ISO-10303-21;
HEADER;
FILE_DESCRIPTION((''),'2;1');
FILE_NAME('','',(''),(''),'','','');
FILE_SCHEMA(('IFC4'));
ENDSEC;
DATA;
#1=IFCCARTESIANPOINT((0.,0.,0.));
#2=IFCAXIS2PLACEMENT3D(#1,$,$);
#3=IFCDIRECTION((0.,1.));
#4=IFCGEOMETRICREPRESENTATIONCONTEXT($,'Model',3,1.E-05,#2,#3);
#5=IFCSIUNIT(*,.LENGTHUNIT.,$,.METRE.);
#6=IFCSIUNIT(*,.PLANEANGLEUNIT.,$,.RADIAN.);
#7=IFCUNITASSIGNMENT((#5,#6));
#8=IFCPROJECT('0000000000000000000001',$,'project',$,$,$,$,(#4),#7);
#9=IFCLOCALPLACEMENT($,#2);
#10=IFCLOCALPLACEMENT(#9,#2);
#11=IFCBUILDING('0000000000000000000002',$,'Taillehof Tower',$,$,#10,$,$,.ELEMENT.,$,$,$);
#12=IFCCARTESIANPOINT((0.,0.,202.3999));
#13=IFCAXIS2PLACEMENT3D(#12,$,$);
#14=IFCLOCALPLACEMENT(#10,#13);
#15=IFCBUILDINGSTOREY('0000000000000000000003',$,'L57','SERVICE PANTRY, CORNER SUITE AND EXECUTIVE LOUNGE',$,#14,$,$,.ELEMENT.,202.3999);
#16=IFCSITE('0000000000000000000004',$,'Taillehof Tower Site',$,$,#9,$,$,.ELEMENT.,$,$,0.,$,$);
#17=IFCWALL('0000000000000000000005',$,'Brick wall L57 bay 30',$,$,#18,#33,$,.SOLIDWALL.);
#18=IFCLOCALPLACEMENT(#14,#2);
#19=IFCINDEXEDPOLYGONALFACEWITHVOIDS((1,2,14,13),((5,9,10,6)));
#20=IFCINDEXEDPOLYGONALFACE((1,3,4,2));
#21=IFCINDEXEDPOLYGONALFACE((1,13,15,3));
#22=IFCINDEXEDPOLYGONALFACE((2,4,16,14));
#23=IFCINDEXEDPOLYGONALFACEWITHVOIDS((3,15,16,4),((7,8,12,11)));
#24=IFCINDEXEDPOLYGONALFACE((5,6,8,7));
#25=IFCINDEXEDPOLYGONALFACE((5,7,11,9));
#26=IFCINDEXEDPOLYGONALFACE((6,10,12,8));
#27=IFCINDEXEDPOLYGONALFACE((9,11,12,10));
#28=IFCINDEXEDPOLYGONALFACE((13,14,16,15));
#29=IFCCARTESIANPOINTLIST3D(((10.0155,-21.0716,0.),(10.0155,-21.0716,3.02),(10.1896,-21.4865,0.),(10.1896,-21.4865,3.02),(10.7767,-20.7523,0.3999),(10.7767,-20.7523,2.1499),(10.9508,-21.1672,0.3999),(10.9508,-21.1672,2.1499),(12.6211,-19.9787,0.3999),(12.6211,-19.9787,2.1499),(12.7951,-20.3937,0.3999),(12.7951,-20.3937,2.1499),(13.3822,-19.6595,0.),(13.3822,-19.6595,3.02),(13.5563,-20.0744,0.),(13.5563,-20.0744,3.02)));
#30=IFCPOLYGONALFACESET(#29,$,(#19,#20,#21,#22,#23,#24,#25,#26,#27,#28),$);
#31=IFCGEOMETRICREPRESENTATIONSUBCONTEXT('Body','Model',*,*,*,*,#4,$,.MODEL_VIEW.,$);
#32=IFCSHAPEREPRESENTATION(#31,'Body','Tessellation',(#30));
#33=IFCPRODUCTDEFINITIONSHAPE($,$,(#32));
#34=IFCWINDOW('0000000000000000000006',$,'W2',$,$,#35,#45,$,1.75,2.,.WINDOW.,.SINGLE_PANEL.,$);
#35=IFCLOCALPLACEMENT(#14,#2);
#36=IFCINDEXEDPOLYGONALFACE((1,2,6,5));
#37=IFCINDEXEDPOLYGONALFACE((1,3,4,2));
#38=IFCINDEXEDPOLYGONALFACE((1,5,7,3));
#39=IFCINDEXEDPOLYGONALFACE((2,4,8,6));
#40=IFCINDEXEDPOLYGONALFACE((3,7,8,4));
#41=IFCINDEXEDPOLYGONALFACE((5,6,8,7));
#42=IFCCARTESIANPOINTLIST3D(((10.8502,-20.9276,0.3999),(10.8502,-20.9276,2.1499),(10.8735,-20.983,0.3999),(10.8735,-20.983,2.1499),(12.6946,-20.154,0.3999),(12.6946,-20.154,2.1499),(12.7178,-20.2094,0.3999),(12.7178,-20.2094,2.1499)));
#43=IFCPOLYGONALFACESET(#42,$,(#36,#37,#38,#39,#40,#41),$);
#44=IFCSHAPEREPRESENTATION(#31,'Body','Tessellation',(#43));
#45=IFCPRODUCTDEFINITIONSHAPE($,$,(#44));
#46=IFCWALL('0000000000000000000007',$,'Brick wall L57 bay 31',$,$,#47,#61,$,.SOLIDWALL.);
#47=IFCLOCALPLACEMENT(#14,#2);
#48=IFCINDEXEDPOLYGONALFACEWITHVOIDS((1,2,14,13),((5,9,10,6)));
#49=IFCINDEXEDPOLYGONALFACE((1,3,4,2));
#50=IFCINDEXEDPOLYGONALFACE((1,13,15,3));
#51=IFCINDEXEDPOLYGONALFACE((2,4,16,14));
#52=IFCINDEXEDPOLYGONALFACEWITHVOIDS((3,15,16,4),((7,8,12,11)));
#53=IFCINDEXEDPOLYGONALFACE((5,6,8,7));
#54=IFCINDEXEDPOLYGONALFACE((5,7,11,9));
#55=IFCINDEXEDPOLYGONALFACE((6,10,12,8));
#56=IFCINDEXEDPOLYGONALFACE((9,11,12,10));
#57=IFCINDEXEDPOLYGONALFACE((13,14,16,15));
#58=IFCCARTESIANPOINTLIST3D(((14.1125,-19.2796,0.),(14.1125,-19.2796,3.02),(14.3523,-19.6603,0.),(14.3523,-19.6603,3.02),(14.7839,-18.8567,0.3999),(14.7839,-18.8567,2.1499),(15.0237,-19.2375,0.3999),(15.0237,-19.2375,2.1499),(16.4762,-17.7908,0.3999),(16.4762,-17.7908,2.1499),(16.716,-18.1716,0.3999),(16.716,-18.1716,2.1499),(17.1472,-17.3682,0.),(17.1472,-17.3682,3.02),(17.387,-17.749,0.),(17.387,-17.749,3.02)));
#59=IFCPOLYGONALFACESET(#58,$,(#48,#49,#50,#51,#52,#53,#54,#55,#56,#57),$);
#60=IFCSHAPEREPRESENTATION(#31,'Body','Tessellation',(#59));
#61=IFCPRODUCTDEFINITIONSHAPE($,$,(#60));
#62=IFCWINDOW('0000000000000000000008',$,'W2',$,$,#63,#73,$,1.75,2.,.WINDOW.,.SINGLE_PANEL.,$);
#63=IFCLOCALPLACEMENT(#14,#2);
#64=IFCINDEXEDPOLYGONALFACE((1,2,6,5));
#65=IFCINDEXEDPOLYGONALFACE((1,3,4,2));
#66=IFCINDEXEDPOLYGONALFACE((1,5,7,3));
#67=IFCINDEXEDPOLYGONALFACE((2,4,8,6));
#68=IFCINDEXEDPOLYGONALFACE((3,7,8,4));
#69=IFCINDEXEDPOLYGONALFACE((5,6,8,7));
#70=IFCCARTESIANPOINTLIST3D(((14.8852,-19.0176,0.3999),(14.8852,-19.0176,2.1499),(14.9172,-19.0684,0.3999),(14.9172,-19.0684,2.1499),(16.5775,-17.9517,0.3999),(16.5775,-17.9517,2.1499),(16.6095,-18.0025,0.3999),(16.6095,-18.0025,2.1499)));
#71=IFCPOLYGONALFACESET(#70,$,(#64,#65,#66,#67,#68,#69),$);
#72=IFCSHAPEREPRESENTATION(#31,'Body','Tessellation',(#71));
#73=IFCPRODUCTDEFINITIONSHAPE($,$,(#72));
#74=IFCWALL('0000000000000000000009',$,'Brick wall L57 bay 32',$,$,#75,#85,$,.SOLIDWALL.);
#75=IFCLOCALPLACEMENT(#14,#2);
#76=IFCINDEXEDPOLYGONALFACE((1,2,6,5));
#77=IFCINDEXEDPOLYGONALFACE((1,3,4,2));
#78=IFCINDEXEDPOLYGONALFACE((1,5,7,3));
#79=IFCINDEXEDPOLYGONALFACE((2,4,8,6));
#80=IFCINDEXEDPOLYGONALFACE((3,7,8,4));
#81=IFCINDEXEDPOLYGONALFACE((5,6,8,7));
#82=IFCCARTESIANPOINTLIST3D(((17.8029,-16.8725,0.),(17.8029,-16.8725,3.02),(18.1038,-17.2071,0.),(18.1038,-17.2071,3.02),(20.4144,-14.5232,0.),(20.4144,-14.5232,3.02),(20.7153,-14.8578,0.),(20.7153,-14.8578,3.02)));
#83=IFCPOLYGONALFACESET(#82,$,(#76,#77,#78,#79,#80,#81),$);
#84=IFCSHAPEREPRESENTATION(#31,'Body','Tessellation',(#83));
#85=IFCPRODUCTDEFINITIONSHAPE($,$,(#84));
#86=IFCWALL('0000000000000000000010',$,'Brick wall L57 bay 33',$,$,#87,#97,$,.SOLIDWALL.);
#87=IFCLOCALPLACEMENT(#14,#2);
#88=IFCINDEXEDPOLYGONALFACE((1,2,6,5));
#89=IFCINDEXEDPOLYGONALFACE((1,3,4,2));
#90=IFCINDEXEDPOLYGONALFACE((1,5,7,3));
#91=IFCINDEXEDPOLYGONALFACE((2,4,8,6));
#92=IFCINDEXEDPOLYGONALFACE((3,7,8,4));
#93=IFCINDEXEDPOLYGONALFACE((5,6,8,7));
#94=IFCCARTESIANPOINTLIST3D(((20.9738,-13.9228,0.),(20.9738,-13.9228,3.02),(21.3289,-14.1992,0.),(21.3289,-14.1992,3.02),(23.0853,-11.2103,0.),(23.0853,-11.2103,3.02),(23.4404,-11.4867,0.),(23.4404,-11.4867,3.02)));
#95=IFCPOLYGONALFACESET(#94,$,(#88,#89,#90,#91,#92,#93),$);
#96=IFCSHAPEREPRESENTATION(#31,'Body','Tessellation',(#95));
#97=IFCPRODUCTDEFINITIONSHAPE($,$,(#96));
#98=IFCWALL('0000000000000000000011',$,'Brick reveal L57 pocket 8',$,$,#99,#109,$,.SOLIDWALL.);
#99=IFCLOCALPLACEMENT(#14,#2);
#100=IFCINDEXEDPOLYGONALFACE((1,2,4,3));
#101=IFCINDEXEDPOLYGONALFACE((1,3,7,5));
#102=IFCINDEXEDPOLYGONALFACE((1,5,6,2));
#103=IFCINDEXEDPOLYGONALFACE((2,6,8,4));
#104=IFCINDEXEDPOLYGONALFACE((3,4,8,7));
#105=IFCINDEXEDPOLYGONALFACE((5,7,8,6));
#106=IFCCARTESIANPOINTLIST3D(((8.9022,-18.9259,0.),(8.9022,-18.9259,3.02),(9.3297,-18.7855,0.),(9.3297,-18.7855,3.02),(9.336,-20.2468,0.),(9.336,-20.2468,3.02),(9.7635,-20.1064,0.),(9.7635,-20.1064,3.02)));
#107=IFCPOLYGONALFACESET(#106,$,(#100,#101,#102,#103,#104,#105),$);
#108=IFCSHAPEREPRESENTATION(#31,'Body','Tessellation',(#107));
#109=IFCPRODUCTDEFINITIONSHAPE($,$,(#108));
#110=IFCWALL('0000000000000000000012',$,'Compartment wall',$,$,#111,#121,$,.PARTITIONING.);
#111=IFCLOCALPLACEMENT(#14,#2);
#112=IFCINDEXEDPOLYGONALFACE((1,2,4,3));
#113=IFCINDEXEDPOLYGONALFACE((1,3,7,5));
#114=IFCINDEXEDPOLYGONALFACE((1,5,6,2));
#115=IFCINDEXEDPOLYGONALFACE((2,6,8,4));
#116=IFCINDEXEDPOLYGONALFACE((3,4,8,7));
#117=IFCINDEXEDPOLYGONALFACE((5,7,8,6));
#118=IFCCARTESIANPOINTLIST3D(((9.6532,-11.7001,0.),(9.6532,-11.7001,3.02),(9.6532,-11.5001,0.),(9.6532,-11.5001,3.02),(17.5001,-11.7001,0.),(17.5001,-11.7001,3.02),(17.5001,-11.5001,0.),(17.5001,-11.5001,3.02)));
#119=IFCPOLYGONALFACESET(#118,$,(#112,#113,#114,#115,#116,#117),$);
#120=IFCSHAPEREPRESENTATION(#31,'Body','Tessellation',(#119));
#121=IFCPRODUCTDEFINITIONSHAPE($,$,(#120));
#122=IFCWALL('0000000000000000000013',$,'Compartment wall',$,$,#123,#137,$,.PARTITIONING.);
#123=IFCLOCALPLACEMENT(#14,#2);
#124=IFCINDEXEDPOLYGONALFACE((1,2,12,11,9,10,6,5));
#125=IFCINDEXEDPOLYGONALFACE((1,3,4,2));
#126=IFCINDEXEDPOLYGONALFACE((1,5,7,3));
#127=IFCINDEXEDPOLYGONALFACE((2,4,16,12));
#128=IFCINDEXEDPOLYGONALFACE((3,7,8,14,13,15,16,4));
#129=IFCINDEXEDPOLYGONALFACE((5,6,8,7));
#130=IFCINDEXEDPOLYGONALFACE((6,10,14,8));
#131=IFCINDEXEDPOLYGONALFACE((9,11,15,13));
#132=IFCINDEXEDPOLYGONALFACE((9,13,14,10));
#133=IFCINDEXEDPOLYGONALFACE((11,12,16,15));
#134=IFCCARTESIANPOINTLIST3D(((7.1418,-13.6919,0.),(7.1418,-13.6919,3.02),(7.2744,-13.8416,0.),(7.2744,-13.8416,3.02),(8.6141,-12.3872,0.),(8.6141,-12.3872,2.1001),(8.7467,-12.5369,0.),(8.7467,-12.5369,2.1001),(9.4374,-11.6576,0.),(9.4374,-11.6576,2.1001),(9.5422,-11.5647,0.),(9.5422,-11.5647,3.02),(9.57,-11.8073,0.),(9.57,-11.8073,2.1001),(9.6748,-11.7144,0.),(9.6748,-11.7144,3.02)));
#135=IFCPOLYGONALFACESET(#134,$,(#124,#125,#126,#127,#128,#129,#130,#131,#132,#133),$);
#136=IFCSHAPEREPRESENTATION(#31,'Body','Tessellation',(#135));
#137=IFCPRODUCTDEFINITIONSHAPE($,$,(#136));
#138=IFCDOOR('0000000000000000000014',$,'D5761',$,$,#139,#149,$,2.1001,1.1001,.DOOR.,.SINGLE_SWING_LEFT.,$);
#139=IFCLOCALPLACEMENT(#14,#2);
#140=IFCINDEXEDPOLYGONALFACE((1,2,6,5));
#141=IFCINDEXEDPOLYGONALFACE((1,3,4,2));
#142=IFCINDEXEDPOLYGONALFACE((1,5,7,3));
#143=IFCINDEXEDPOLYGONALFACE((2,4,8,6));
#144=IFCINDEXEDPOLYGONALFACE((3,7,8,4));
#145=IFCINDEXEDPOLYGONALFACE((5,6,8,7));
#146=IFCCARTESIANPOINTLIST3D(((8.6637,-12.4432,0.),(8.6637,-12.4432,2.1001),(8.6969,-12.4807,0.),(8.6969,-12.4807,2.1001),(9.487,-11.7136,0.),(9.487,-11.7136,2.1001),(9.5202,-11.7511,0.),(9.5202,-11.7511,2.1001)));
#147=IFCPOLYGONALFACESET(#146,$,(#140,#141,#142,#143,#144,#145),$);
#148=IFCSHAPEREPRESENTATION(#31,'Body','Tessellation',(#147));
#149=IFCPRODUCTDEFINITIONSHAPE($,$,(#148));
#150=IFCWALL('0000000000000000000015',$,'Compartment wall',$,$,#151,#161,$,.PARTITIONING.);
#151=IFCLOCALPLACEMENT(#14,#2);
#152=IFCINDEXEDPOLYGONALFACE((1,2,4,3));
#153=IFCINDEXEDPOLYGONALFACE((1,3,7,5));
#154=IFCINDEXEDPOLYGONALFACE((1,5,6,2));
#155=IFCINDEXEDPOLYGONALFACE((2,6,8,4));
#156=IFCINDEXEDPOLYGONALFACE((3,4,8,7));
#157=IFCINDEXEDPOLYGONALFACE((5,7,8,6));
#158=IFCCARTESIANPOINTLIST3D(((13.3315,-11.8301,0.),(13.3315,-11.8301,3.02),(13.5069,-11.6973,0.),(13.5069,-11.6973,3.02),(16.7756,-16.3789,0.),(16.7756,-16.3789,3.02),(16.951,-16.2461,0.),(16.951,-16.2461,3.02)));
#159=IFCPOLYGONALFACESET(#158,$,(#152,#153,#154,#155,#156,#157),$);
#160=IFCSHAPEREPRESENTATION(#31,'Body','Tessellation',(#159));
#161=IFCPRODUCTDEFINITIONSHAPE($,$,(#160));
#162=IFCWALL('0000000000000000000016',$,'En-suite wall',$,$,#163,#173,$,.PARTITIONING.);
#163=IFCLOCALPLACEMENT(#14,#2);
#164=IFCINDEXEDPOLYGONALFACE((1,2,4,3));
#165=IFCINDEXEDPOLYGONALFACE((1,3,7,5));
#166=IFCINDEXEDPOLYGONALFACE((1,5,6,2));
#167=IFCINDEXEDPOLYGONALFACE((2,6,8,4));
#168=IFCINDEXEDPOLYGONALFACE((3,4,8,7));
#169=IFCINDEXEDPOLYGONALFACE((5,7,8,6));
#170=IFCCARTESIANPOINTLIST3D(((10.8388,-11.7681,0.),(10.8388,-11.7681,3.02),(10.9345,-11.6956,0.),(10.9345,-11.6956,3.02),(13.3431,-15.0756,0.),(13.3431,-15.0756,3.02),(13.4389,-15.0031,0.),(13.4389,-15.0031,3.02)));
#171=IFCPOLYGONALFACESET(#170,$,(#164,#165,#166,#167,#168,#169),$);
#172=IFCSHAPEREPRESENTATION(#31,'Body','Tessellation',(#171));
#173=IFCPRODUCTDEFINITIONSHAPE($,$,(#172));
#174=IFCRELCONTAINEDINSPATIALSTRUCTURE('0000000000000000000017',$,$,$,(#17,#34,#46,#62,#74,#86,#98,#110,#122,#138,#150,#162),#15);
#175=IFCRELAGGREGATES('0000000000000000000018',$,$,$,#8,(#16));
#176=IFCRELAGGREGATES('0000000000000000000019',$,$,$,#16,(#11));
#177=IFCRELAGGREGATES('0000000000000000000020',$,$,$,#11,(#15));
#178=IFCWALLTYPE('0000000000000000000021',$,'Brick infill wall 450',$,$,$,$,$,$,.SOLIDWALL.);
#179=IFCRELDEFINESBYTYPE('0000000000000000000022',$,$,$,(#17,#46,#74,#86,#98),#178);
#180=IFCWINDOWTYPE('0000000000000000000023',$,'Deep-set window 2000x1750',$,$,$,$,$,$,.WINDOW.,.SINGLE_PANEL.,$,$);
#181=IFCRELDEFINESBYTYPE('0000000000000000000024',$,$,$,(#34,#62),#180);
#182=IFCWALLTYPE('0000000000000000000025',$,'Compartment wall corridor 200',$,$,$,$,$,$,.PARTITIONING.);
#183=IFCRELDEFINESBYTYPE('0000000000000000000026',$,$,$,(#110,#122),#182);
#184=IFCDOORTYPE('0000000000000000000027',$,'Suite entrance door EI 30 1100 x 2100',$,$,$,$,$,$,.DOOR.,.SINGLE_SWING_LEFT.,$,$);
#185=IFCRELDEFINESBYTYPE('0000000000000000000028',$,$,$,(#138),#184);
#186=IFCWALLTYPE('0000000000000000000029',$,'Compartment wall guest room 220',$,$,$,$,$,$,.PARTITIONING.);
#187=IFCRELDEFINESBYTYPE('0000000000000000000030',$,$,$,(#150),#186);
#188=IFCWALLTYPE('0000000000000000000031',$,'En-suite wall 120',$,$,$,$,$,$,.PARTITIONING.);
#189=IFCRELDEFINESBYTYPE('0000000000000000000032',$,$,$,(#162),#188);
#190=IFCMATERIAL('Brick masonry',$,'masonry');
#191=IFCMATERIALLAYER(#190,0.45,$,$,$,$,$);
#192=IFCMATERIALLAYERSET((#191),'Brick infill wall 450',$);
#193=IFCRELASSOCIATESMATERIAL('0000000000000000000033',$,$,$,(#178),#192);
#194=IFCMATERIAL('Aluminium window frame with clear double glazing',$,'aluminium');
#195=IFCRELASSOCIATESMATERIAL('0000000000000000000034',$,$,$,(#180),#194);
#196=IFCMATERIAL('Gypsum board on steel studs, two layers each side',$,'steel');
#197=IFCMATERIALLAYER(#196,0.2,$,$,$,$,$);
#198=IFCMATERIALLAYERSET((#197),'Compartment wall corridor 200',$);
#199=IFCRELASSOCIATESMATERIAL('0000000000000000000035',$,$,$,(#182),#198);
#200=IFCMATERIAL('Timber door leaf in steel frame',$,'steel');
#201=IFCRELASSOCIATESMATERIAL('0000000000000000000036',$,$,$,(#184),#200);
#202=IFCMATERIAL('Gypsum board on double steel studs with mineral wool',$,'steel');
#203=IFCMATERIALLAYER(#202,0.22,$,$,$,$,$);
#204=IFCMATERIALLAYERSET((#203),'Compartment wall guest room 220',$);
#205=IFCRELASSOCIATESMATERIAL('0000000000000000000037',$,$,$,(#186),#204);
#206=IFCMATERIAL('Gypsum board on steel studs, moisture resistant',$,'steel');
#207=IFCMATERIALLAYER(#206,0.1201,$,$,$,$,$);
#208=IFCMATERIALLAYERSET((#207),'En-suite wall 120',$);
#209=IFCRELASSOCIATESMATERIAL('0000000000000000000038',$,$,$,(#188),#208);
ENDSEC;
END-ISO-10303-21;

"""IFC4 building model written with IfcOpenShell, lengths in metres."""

from ifc_helpers import new_model, si_unit, direction, frame, frame_2d, origin, place, context, subcontext, project, spatial, rectangle, extrude, material, layer, layer_set, type_object, element, fill, save


model = new_model("IFC4")

# Units and contexts
model_context = context("Model", 3, precision=1e-05, world=origin(), true_north=direction((0.0, 1.0)))
body_context = subcontext(model_context, "Body", "Model", "MODEL_VIEW")
ifc_project = project(units=[si_unit("LENGTHUNIT", "METRE"), si_unit("PLANEANGLEUNIT", "RADIAN")], contexts=[model_context])

# Site, building, storey
site_placement = place(None, origin())
site = spatial("IfcSite", under=ifc_project, at=site_placement, Name="Taillehof Tower Site", CompositionType="ELEMENT", RefElevation=0.0)
building_placement = place(site_placement, origin())
building = spatial("IfcBuilding", under=site, at=building_placement, Name="Taillehof Tower", CompositionType="ELEMENT")
storey_placement = place(building_placement, frame((0.0, 0.0, 202.3999)))
storey = spatial("IfcBuildingStorey", under=building, at=storey_placement, Name="L57", Description="SERVICE PANTRY, CORNER SUITE AND EXECUTIVE LOUNGE", CompositionType="ELEMENT", Elevation=202.3999)

# Walls, openings, windows
ifc_material_1 = material(Name="Brick masonry", Category="masonry")
ifc_layer_1 = layer(ifc_material_1, 0.45)
ifc_layer_set_1 = layer_set([ifc_layer_1], Name="Brick infill wall 450")
wall_type_1 = type_object("IfcWallType", Name="Brick infill wall 450", PredefinedType="SOLIDWALL", material=ifc_layer_set_1)
wall_1_placement = place(storey_placement, frame((10.1025, -21.2791, 0.0), z_axis=(0.0, 0.0, 1.0), x_axis=(0.922168, 0.386789, 0.0)))
wall_1 = element("IfcWall", 1, at=wall_1_placement, inside=storey, type_object=wall_type_1, Name="Brick wall L57 bay 30", PredefinedType="SOLIDWALL", context=body_context, shape_type="SweptSolid", body=[
    extrude(rectangle(XDim=3.6509, YDim=0.45, at=frame_2d((1.8254, 0.0))), origin(), (0.0, 0.0, 1.0), 3.02),
])
opening_1_placement = place(wall_1_placement, frame((0.8254, 0.0, 0.3999)))
opening_1 = element("IfcOpeningElement", 2, at=opening_1_placement, cuts=wall_1, PredefinedType="OPENING", context=body_context, shape_type="SweptSolid", body=[
    extrude(rectangle(XDim=2.0, YDim=1.75, at=frame_2d((1.0, 0.875))), frame((0.0, 0.2349, 0.0), z_axis=(0.0, -1.0, 0.0), x_axis=(1.0, 0.0, 0.0)), (0.0, 0.0, 1.0), 0.47),
])
ifc_material_2 = material(Name="Aluminium window frame with clear double glazing", Category="aluminium")
window_type = type_object("IfcWindowType", Name="Deep-set window 2000x1750", PartitioningType="SINGLE_PANEL", PredefinedType="WINDOW", material=ifc_material_2)
window_1_placement = place(opening_1_placement, origin())
window_1 = element("IfcWindow", 3, at=window_1_placement, inside=storey, type_object=window_type, Name="W2", OverallHeight=1.75, OverallWidth=2.0, PartitioningType="SINGLE_PANEL", PredefinedType="WINDOW", context=body_context, shape_type="SweptSolid", body=[
    extrude(rectangle(XDim=2.0, YDim=1.75, at=frame_2d((1.0, 0.875))), frame((0.0, 0.0349, 0.0), z_axis=(0.0, -1.0, 0.0), x_axis=(1.0, 0.0, 0.0)), (0.0, 0.0, 1.0), 0.0601),
])
fill(opening_1, window_1)
wall_2_placement = place(storey_placement, frame((14.2324, -19.47, 0.0), z_axis=(0.0, 0.0, 1.0), x_axis=(0.84615, 0.532945, 0.0)))
wall_2 = element("IfcWall", 4, at=wall_2_placement, inside=storey, type_object=wall_type_1, Name="Brick wall L57 bay 31", PredefinedType="SOLIDWALL", context=body_context, shape_type="SweptSolid", body=[
    extrude(rectangle(XDim=3.5864, YDim=0.45, at=frame_2d((1.7932, 0.0))), origin(), (0.0, 0.0, 1.0), 3.02),
])
opening_2_placement = place(wall_2_placement, frame((0.7935, 0.0, 0.3999)))
opening_2 = element("IfcOpeningElement", 5, at=opening_2_placement, cuts=wall_2, PredefinedType="OPENING", context=body_context, shape_type="SweptSolid", body=[
    extrude(rectangle(XDim=2.0, YDim=1.75, at=frame_2d((1.0, 0.875))), frame((0.0, 0.2349, 0.0), z_axis=(0.0, -1.0, 0.0), x_axis=(1.0, 0.0, 0.0)), (0.0, 0.0, 1.0), 0.47),
])
window_2_placement = place(opening_2_placement, origin())
window_2 = element("IfcWindow", 6, at=window_2_placement, inside=storey, type_object=window_type, Name="W2", OverallHeight=1.75, OverallWidth=2.0, PartitioningType="SINGLE_PANEL", PredefinedType="WINDOW", context=body_context, shape_type="SweptSolid", body=[
    extrude(rectangle(XDim=2.0, YDim=1.75, at=frame_2d((1.0, 0.875))), frame((0.0, 0.0349, 0.0), z_axis=(0.0, -1.0, 0.0), x_axis=(1.0, 0.0, 0.0)), (0.0, 0.0, 1.0), 0.0601),
])
fill(opening_2, window_2)

# Walls
wall_3_placement = place(storey_placement, frame((17.9534, -17.0398, 0.0), z_axis=(0.0, 0.0, 1.0), x_axis=(0.743443, 0.6688, 0.0)))
element("IfcWall", 7, at=wall_3_placement, inside=storey, type_object=wall_type_1, Name="Brick wall L57 bay 32", PredefinedType="SOLIDWALL", context=body_context, shape_type="SweptSolid", body=[
    extrude(rectangle(XDim=3.5127, YDim=0.45, at=frame_2d((1.7563, 0.0))), origin(), (0.0, 0.0, 1.0), 3.02),
])
wall_4_placement = place(storey_placement, frame((21.1514, -14.061, 0.0), z_axis=(0.0, 0.0, 1.0), x_axis=(0.614255, 0.789107, 0.0)))
element("IfcWall", 8, at=wall_4_placement, inside=storey, type_object=wall_type_1, Name="Brick wall L57 bay 33", PredefinedType="SOLIDWALL", context=body_context, shape_type="SweptSolid", body=[
    extrude(rectangle(XDim=3.4375, YDim=0.45, at=frame_2d((1.7188, 0.0))), origin(), (0.0, 0.0, 1.0), 3.02),
])
wall_5_placement = place(storey_placement, frame((9.5498, -20.1768, 0.0), z_axis=(0.0, 0.0, 1.0), x_axis=(-0.312011, 0.950079, 0.0)))
element("IfcWall", 9, at=wall_5_placement, inside=storey, type_object=wall_type_1, Name="Brick reveal L57 pocket 8", PredefinedType="SOLIDWALL", context=body_context, shape_type="SweptSolid", body=[
    extrude(rectangle(XDim=1.3904, YDim=0.45, at=frame_2d((0.6953, 0.0))), origin(), (0.0, 0.0, 1.0), 3.02),
])
ifc_material_3 = material(Name="Gypsum board on steel studs, two layers each side", Category="steel")
ifc_layer_2 = layer(ifc_material_3, 0.2)
ifc_layer_set_2 = layer_set([ifc_layer_2], Name="Compartment wall corridor 200")
wall_type_2 = type_object("IfcWallType", Name="Compartment wall corridor 200", PredefinedType="PARTITIONING", material=ifc_layer_set_2)
wall_6_placement = place(storey_placement, frame((17.5, -11.6001, 0.0), z_axis=(0.0, 0.0, 1.0), x_axis=(-1.0, 0.0, 0.0)))
element("IfcWall", 10, at=wall_6_placement, inside=storey, type_object=wall_type_2, Name="Compartment wall", PredefinedType="PARTITIONING", context=body_context, shape_type="SweptSolid", body=[
    extrude(rectangle(XDim=7.8469, YDim=0.2, at=frame_2d((3.9233, 0.0))), origin(), (0.0, 0.0, 1.0), 3.02),
])

# Wall, opening, door
wall_7_placement = place(storey_placement, frame((9.6084, -11.6396, 0.0), z_axis=(0.0, 0.0, 1.0), x_axis=(-0.748412, -0.663234, 0.0)))
wall_7 = element("IfcWall", 11, at=wall_7_placement, inside=storey, type_object=wall_type_2, Name="Compartment wall", PredefinedType="PARTITIONING", context=body_context, shape_type="SweptSolid", body=[
    extrude(rectangle(XDim=3.2073, YDim=0.2, at=frame_2d((1.6035, 0.0))), origin(), (0.0, 0.0, 1.0), 3.02),
])
opening_3_placement = place(wall_7_placement, frame((0.1399, 0.0, 0.0)))
opening_3 = element("IfcOpeningElement", 12, at=opening_3_placement, cuts=wall_7, PredefinedType="OPENING", context=body_context, shape_type="SweptSolid", body=[
    extrude(rectangle(XDim=1.1001, YDim=2.1001, at=frame_2d((0.55, 1.05))), frame((0.0, 0.1099, 0.0), z_axis=(0.0, -1.0, 0.0), x_axis=(1.0, 0.0, 0.0)), (0.0, 0.0, 1.0), 0.22),
])
ifc_material_4 = material(Name="Timber door leaf in steel frame", Category="steel")
door_type_1 = type_object("IfcDoorType", Name="Suite entrance door EI 30 1100 x 2100", OperationType="SINGLE_SWING_LEFT", PredefinedType="DOOR", material=ifc_material_4)
door_1_placement = place(opening_3_placement, origin())
door_1 = element("IfcDoor", 13, at=door_1_placement, inside=storey, type_object=door_type_1, Name="D5761", OperationType="SINGLE_SWING_LEFT", OverallHeight=2.1001, OverallWidth=1.1001, PredefinedType="DOOR", context=body_context, shape_type="SweptSolid", body=[
    extrude(rectangle(XDim=1.1001, YDim=2.1001, at=frame_2d((0.55, 1.05))), frame((0.0, 0.0249, 0.0), z_axis=(0.0, -1.0, 0.0), x_axis=(1.0, 0.0, 0.0)), (0.0, 0.0, 1.0), 0.05),
])
fill(opening_3, door_1)

# Walls
ifc_material_5 = material(Name="Gypsum board on double steel studs with mineral wool", Category="steel")
ifc_layer_3 = layer(ifc_material_5, 0.22)
ifc_layer_set_3 = layer_set([ifc_layer_3], Name="Compartment wall guest room 220")
wall_type_3 = type_object("IfcWallType", Name="Compartment wall guest room 220", PredefinedType="PARTITIONING", material=ifc_layer_set_3)
wall_8_placement = place(storey_placement, frame((16.8633, -16.3125, 0.0), z_axis=(0.0, 0.0, 1.0), x_axis=(-0.603636, 0.79726, 0.0)))
element("IfcWall", 14, at=wall_8_placement, inside=storey, type_object=wall_type_3, Name="Compartment wall", PredefinedType="PARTITIONING", context=body_context, shape_type="SweptSolid", body=[
    extrude(rectangle(XDim=5.7056, YDim=0.22, at=frame_2d((2.8528, 0.0))), origin(), (0.0, 0.0, 1.0), 3.02),
])
ifc_material_6 = material(Name="Gypsum board on steel studs, moisture resistant", Category="steel")
ifc_layer_4 = layer(ifc_material_6, 0.1201)
ifc_layer_set_4 = layer_set([ifc_layer_4], Name="En-suite wall 120")
wall_type_4 = type_object("IfcWallType", Name="En-suite wall 120", PredefinedType="PARTITIONING", material=ifc_layer_set_4)
wall_9_placement = place(storey_placement, frame((10.8867, -11.7319, 0.0), z_axis=(0.0, 0.0, 1.0), x_axis=(0.603647, -0.797252, 0.0)))
element("IfcWall", 15, at=wall_9_placement, inside=storey, type_object=wall_type_4, Name="En-suite wall", PredefinedType="PARTITIONING", context=body_context, shape_type="SweptSolid", body=[
    extrude(rectangle(XDim=4.1487, YDim=0.1201, at=frame_2d((2.0742, 0.0))), origin(), (0.0, 0.0, 1.0), 3.02),
])

save(model, "model.ifc")
